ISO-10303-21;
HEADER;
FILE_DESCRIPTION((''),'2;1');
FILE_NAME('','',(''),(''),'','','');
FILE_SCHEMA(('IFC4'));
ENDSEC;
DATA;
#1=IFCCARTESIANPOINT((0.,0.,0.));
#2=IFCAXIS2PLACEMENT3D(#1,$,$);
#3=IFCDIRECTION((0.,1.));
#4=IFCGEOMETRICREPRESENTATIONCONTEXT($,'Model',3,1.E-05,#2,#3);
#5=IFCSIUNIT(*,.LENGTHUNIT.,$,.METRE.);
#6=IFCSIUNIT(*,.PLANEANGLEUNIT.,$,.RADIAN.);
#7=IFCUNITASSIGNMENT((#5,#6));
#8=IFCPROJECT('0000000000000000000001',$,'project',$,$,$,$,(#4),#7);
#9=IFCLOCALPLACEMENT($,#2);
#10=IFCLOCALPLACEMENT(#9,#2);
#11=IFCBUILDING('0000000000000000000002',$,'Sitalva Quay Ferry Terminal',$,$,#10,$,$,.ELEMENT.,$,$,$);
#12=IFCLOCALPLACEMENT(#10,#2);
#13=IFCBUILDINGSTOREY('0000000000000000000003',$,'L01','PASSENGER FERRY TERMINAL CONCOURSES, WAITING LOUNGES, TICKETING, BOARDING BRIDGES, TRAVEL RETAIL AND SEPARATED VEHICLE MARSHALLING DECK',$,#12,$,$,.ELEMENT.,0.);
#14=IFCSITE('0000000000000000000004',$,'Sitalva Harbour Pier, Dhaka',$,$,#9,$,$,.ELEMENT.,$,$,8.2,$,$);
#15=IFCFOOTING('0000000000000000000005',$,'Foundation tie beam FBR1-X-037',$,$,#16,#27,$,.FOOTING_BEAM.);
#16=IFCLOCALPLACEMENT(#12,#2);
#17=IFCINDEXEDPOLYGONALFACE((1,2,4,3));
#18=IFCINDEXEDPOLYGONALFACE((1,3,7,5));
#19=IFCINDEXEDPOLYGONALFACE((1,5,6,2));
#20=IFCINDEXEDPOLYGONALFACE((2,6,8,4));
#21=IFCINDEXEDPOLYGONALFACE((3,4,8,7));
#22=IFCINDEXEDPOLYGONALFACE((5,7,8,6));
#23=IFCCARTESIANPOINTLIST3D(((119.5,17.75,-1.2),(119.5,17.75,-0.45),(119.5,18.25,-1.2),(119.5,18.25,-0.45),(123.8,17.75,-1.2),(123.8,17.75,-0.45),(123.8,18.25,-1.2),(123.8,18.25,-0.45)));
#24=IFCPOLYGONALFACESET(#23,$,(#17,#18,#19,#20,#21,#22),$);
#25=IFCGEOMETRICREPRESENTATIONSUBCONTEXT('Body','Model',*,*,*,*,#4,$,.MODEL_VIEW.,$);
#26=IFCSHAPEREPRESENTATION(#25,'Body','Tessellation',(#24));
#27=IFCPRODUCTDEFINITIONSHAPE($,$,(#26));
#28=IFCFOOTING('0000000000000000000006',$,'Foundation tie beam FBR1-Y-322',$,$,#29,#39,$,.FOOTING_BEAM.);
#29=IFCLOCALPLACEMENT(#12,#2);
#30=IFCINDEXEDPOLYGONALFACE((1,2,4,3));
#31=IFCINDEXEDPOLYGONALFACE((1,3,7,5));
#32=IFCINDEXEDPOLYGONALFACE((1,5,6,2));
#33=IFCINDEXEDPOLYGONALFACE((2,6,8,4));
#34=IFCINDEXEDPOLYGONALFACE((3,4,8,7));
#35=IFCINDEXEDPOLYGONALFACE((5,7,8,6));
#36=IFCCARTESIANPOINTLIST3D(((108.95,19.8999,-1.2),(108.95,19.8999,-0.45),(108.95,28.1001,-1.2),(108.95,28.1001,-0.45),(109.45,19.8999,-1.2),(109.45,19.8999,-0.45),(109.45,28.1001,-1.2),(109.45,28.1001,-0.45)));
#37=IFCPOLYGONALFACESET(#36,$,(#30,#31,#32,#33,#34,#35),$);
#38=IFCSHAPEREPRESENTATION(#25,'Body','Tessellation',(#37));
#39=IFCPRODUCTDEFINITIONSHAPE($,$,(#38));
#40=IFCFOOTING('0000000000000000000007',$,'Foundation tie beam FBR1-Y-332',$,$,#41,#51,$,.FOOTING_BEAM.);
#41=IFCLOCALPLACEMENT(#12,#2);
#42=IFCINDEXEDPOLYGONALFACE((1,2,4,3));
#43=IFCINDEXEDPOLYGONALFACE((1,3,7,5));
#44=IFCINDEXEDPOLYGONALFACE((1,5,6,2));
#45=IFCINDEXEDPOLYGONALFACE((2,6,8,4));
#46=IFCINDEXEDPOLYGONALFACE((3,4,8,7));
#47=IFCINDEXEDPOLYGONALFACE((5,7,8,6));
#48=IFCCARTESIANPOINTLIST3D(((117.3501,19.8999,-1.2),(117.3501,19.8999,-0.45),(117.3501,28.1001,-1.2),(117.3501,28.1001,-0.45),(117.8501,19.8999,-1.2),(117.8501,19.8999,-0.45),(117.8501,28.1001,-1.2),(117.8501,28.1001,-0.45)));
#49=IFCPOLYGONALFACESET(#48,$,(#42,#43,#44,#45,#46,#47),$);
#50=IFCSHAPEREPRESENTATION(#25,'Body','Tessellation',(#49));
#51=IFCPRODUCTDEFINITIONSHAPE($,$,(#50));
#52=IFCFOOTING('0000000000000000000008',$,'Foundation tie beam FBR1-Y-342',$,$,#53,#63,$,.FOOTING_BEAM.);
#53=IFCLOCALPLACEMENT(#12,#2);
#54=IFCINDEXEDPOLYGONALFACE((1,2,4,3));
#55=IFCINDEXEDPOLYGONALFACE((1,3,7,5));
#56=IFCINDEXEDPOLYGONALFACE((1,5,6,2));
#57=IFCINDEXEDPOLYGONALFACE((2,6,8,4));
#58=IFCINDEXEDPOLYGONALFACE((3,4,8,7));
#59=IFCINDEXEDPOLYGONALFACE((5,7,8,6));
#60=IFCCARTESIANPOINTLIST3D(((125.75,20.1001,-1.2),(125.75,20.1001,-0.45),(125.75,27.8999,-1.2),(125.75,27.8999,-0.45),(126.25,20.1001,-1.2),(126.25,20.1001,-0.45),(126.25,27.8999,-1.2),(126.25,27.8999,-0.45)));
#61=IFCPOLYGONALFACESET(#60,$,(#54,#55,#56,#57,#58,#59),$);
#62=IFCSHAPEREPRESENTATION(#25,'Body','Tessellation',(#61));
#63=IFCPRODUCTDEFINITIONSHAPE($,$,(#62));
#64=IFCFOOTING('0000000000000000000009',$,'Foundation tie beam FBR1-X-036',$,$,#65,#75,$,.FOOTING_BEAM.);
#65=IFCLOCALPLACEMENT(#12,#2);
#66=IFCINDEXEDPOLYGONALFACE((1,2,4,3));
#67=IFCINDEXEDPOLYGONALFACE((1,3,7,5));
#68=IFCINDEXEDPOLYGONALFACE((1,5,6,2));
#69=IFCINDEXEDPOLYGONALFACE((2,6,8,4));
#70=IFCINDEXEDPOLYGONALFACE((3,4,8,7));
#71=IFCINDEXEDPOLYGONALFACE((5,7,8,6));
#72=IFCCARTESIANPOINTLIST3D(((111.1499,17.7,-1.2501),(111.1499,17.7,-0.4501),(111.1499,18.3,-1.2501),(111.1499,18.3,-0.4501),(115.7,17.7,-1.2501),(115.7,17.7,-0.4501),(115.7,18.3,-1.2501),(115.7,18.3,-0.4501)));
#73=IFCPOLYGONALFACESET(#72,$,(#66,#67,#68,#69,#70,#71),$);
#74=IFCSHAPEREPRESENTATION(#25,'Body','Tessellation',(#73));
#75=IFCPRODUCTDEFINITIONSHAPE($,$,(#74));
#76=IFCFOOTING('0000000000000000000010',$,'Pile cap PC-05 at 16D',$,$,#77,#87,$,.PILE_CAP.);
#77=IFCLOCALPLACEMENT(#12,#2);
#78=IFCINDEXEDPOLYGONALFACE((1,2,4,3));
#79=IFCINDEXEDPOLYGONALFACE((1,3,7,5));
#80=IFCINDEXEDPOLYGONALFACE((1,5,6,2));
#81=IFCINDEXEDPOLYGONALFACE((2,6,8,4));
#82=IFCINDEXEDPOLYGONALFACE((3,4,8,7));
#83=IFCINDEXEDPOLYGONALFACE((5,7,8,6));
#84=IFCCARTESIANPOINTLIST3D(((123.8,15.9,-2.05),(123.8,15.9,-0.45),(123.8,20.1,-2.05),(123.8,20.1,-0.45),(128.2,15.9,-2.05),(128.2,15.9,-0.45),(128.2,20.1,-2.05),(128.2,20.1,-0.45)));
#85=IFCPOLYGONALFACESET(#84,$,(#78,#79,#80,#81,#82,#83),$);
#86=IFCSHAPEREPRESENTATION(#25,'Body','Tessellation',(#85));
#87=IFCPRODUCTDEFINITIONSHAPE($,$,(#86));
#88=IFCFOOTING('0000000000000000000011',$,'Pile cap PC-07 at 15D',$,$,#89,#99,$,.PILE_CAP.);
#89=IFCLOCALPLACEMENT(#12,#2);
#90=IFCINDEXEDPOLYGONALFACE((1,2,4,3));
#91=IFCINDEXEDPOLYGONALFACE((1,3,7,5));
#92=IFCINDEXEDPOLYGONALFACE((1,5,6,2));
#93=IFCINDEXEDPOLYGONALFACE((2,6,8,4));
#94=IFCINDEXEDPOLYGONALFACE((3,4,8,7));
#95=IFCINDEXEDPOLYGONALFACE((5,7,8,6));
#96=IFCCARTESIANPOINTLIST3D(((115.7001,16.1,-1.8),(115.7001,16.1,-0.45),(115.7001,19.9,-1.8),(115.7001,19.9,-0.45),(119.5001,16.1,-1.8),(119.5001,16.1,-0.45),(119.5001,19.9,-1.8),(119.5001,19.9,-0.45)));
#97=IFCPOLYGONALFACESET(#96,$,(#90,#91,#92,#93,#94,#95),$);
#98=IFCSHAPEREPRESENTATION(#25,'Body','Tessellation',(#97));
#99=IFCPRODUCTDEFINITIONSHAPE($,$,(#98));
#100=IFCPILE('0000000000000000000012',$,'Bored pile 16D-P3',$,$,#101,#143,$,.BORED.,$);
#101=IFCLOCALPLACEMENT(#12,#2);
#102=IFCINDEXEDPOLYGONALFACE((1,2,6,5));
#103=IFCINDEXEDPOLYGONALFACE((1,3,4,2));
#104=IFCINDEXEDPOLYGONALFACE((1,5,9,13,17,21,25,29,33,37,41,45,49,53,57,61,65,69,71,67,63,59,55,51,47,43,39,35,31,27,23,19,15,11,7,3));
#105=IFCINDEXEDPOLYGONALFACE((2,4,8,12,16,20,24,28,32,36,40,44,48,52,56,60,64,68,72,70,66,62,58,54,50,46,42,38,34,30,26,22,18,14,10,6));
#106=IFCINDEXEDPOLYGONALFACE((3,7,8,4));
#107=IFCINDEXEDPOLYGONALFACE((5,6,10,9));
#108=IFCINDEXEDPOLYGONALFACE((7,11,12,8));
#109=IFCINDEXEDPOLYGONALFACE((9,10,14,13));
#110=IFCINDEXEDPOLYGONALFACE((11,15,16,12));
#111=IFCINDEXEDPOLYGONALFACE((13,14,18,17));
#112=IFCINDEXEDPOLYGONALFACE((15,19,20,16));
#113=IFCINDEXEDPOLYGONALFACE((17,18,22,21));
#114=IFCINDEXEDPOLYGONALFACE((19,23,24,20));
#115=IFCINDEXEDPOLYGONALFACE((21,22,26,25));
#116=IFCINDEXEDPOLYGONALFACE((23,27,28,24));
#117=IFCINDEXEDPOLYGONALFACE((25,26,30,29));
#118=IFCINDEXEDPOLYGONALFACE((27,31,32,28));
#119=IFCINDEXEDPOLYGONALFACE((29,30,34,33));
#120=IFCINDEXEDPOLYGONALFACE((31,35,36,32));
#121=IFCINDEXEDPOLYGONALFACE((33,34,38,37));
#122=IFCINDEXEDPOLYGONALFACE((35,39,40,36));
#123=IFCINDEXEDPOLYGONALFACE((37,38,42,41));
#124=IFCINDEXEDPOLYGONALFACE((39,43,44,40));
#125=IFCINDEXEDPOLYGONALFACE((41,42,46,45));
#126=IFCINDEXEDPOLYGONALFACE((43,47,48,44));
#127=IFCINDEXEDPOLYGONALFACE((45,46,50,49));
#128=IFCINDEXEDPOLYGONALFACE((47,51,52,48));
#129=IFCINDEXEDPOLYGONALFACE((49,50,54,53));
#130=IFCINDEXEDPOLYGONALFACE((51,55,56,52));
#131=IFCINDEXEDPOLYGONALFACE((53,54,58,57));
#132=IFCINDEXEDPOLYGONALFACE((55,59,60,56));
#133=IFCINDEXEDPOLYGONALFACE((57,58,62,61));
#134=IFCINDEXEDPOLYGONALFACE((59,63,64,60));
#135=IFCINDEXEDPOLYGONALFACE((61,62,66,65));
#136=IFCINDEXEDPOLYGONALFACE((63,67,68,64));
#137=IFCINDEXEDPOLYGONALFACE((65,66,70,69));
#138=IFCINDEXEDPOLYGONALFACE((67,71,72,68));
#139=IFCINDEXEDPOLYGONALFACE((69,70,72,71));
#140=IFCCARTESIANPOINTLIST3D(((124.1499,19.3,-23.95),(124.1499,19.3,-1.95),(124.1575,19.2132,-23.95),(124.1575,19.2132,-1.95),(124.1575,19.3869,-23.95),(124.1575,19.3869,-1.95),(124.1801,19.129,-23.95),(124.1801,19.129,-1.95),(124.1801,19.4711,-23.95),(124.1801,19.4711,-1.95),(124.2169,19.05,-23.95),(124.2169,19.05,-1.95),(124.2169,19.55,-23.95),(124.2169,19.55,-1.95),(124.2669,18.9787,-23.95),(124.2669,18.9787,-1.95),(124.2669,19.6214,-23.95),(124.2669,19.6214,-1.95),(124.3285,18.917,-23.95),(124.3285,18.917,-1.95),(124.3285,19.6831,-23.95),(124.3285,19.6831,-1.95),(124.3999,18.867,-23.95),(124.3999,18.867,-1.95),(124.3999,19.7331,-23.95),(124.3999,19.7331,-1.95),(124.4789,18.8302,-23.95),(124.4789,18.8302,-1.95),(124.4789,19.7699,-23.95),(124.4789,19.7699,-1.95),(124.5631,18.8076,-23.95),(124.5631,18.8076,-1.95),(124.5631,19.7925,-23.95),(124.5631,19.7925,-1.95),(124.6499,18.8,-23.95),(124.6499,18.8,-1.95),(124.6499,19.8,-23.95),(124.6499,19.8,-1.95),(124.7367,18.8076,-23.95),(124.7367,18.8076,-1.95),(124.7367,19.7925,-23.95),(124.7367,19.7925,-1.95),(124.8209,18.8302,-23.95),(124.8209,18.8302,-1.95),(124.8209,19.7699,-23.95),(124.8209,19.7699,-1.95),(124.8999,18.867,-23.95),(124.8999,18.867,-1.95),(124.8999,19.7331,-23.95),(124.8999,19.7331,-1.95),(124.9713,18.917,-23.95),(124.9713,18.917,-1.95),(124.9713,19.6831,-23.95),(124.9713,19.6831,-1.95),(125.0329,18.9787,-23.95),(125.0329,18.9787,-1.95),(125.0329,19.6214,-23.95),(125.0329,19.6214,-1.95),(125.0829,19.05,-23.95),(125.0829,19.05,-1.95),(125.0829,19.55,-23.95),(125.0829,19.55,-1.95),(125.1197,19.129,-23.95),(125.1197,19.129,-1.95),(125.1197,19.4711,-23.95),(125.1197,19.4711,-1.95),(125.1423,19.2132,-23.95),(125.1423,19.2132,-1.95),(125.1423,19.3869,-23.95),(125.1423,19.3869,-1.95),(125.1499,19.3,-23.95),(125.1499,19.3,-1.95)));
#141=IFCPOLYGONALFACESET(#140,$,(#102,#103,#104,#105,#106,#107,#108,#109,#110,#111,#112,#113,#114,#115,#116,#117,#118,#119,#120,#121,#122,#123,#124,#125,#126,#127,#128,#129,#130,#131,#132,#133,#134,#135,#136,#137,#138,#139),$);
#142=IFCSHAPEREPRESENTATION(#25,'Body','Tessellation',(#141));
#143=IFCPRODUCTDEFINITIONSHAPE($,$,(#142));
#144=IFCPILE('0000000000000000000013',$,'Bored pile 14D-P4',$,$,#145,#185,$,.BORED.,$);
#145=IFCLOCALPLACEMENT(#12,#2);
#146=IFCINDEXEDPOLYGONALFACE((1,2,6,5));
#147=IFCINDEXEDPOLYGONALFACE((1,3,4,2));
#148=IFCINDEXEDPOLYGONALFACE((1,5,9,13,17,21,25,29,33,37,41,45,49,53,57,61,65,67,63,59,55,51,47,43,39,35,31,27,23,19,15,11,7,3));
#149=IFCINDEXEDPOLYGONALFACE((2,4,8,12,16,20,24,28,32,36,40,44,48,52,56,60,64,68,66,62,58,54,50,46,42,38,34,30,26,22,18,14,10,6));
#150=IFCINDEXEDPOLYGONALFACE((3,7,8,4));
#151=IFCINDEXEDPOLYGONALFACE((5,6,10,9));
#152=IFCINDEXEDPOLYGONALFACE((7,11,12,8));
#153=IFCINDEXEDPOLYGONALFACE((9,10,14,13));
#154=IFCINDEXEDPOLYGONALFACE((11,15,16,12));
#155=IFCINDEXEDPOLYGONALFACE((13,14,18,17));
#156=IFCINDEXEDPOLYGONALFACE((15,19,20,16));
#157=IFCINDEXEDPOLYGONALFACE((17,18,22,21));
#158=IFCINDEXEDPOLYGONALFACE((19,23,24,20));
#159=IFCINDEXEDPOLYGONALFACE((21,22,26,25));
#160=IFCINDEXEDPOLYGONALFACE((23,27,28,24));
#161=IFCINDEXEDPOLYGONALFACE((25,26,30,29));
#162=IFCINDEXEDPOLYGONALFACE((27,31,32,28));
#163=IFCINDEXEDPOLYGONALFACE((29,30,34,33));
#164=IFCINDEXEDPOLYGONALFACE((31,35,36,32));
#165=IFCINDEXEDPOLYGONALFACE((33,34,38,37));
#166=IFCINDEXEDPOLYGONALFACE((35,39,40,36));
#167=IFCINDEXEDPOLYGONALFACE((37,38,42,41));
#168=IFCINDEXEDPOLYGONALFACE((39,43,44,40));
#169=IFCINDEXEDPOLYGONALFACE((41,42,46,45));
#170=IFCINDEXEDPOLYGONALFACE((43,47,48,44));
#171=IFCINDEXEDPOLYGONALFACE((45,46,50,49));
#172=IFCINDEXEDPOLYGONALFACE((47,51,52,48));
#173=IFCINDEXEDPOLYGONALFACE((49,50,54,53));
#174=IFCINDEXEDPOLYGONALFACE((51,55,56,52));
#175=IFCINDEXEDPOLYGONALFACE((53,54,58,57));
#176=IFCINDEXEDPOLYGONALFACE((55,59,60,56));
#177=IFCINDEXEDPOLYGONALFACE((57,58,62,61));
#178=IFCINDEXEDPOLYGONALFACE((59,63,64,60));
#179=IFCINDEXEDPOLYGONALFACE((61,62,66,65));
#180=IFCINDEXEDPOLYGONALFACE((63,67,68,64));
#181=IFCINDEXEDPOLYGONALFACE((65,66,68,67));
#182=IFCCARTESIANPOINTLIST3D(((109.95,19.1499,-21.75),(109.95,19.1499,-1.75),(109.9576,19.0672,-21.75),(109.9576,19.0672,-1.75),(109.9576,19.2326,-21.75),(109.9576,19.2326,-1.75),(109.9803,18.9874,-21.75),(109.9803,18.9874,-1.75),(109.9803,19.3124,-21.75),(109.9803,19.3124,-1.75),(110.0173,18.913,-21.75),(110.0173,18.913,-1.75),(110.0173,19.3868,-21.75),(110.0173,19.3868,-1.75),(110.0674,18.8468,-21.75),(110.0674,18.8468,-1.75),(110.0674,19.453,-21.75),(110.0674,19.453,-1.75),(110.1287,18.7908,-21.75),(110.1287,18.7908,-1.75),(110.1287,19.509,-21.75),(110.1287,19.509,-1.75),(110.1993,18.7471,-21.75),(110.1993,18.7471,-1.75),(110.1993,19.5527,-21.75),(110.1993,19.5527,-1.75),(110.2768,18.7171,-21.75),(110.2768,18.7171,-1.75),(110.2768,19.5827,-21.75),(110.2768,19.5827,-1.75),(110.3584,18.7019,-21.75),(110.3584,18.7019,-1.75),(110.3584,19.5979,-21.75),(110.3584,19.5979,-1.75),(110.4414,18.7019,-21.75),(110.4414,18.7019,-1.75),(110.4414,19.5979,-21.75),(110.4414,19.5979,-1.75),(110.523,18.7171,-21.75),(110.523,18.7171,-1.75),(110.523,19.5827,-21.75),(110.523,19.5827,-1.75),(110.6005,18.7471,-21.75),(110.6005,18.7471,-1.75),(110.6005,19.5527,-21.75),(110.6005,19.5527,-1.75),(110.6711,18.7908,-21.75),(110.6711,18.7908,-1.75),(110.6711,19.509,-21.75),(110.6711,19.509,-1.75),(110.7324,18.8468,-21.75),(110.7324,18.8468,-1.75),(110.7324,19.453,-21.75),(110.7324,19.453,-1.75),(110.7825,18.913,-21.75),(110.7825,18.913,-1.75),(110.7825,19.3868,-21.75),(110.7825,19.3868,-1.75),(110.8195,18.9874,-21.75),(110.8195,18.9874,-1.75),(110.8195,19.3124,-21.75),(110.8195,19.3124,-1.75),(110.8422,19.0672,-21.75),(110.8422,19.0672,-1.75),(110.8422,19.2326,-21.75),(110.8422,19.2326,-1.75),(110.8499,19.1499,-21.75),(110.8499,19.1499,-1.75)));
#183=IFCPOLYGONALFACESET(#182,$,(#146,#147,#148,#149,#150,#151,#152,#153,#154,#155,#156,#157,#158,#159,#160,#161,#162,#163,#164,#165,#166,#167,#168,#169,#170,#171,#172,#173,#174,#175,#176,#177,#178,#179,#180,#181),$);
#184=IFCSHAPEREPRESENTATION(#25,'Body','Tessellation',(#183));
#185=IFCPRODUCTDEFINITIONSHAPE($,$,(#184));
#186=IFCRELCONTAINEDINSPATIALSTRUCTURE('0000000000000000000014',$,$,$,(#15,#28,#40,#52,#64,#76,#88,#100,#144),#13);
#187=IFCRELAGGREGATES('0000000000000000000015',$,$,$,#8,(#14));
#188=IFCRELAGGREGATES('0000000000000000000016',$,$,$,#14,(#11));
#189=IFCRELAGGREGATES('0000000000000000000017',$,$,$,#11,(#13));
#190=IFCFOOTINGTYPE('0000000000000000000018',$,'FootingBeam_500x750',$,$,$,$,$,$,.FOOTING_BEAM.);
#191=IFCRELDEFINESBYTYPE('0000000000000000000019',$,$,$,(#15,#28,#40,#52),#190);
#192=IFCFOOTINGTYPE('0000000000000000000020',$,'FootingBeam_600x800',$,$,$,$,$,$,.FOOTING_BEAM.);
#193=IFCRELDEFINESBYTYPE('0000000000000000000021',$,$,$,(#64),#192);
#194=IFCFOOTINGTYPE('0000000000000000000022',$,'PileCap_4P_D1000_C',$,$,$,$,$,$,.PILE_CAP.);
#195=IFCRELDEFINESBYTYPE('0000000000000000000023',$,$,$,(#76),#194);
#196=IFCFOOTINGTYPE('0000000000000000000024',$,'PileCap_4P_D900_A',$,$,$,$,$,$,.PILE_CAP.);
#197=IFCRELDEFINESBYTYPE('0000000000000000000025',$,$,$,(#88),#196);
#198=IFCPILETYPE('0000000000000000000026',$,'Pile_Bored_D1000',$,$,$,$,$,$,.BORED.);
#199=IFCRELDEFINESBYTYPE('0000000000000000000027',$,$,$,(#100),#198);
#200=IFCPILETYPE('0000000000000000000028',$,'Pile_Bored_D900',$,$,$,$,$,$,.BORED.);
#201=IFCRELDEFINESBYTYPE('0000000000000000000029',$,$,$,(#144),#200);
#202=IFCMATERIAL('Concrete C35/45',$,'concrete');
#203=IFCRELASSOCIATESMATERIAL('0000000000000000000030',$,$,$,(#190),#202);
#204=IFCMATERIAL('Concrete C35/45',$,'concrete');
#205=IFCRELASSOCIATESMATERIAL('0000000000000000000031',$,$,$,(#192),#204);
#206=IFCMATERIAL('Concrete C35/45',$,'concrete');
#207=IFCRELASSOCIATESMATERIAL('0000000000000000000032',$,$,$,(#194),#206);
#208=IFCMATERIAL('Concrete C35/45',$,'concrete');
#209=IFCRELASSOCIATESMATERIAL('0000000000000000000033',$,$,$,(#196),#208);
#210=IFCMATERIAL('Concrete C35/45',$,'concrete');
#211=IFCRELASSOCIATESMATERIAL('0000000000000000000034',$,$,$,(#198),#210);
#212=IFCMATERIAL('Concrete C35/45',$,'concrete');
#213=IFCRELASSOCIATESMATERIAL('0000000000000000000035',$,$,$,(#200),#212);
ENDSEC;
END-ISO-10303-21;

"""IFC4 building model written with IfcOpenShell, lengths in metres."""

from ifc_helpers import new_model, si_unit, direction, frame, origin, origin_2d, place, context, subcontext, project, spatial, rectangle, circle, extrude, material, material_profile, profile_set, type_object, element, save


model = new_model("IFC4")

# Units and contexts
model_context = context("Model", 3, precision=1e-05, world=origin(), true_north=direction((0.0, 1.0)))
body_context = subcontext(model_context, "Body", "Model", "MODEL_VIEW")
ifc_project = project(units=[si_unit("LENGTHUNIT", "METRE"), si_unit("PLANEANGLEUNIT", "RADIAN")], contexts=[model_context])

# Site, building, storey
site_placement = place(None, origin())
site = spatial("IfcSite", under=ifc_project, at=site_placement, Name="Sitalva Harbour Pier, Dhaka", CompositionType="ELEMENT", RefElevation=8.2)
building_placement = place(site_placement, origin())
building = spatial("IfcBuilding", under=site, at=building_placement, Name="Sitalva Quay Ferry Terminal", CompositionType="ELEMENT")
storey_placement = place(building_placement, origin())
storey = spatial("IfcBuildingStorey", under=building, at=storey_placement, Name="L01", Description="PASSENGER FERRY TERMINAL CONCOURSES, WAITING LOUNGES, TICKETING, BOARDING BRIDGES, TRAVEL RETAIL AND SEPARATED VEHICLE MARSHALLING DECK", CompositionType="ELEMENT", Elevation=0.0)

# Footings
ifc_material_1 = material(Name="Concrete C35/45", Category="concrete")
ifc_material_profile_1 = material_profile(ifc_material_1, rectangle(XDim=0.5, YDim=0.75, at=origin_2d()), Name="RC500x750")
ifc_profile_set_1 = profile_set([ifc_material_profile_1], Name="Concrete C35/45")
footing_type_1 = type_object("IfcFootingType", Name="FootingBeam_500x750", PredefinedType="FOOTING_BEAM", material=ifc_profile_set_1)
footing_1_placement = place(storey_placement, frame((119.5, 18.0, -0.825), z_axis=(1.0, 0.0, 0.0), x_axis=(0.0, 1.0, 0.0)))
element("IfcFooting", 1, at=footing_1_placement, inside=storey, type_object=footing_type_1, Name="Foundation tie beam FBR1-X-037", PredefinedType="FOOTING_BEAM", context=body_context, shape_type="SweptSolid", body=[
    extrude(rectangle(XDim=0.5, YDim=0.75, at=origin_2d()), origin(), (0.0, 0.0, 1.0), 4.3),
])
for number, where, z_axis, x_axis, name in (
    (2, (109.2, 19.8999, -0.825), (0.0, 1.0, 0.0), (-1.0, 0.0, 0.0), "Foundation tie beam FBR1-Y-322"),
    (3, (117.6001, 19.8999, -0.825), (0.0, 1.0, 0.0), (-1.0, 0.0, 0.0), "Foundation tie beam FBR1-Y-332"),
):
    element("IfcFooting", number, at=place(storey_placement, frame(where, z_axis=z_axis, x_axis=x_axis)), inside=storey, type_object=footing_type_1, Name=name, PredefinedType="FOOTING_BEAM", context=body_context, shape_type="SweptSolid", body=[
        extrude(rectangle(XDim=0.5, YDim=0.75, at=origin_2d()), origin(), (0.0, 0.0, 1.0), 8.2002),
    ])
footing_2_placement = place(storey_placement, frame((126.0, 20.1001, -0.825), z_axis=(0.0, 1.0, 0.0), x_axis=(-1.0, 0.0, 0.0)))
element("IfcFooting", 4, at=footing_2_placement, inside=storey, type_object=footing_type_1, Name="Foundation tie beam FBR1-Y-342", PredefinedType="FOOTING_BEAM", context=body_context, shape_type="SweptSolid", body=[
    extrude(rectangle(XDim=0.5, YDim=0.75, at=origin_2d()), origin(), (0.0, 0.0, 1.0), 7.7998),
])
ifc_material_2 = material(Name="Concrete C35/45", Category="concrete")
ifc_material_profile_2 = material_profile(ifc_material_2, rectangle(XDim=0.6001, YDim=0.8, at=origin_2d()), Name="RC600x800")
ifc_profile_set_2 = profile_set([ifc_material_profile_2], Name="Concrete C35/45")
footing_type_2 = type_object("IfcFootingType", Name="FootingBeam_600x800", PredefinedType="FOOTING_BEAM", material=ifc_profile_set_2)
footing_3_placement = place(storey_placement, frame((111.1499, 18.0, -0.8501), z_axis=(1.0, 0.0, 0.0), x_axis=(0.0, 1.0, 0.0)))
element("IfcFooting", 5, at=footing_3_placement, inside=storey, type_object=footing_type_2, Name="Foundation tie beam FBR1-X-036", PredefinedType="FOOTING_BEAM", context=body_context, shape_type="SweptSolid", body=[
    extrude(rectangle(XDim=0.6001, YDim=0.8, at=origin_2d()), origin(), (0.0, 0.0, 1.0), 4.55),
])
ifc_material_3 = material(Name="Concrete C35/45", Category="concrete")
footing_type_3 = type_object("IfcFootingType", Name="PileCap_4P_D1000_C", PredefinedType="PILE_CAP", material=ifc_material_3)
footing_4_placement = place(storey_placement, frame((126.0, 18.0, -2.05), z_axis=(0.0, 0.0, 1.0), x_axis=(1.0, 0.0, 0.0)))
element("IfcFooting", 6, at=footing_4_placement, inside=storey, type_object=footing_type_3, Name="Pile cap PC-05 at 16D", PredefinedType="PILE_CAP", context=body_context, shape_type="SweptSolid", body=[
    extrude(rectangle(XDim=4.3999, YDim=4.2, at=origin_2d()), origin(), (0.0, 0.0, 1.0), 1.6001),
])
ifc_material_4 = material(Name="Concrete C35/45", Category="concrete")
footing_type_4 = type_object("IfcFootingType", Name="PileCap_4P_D900_A", PredefinedType="PILE_CAP", material=ifc_material_4)
footing_5_placement = place(storey_placement, frame((117.6001, 18.0, -1.8), z_axis=(0.0, 0.0, 1.0), x_axis=(1.0, 0.0, 0.0)))
element("IfcFooting", 7, at=footing_5_placement, inside=storey, type_object=footing_type_4, Name="Pile cap PC-07 at 15D", PredefinedType="PILE_CAP", context=body_context, shape_type="SweptSolid", body=[
    extrude(rectangle(XDim=3.8, YDim=3.8, at=origin_2d()), origin(), (0.0, 0.0, 1.0), 1.3501),
])

# Piles
ifc_material_5 = material(Name="Concrete C35/45", Category="concrete")
ifc_material_profile_3 = material_profile(ifc_material_5, circle(Radius=0.5, at=origin_2d()), Name="PILE-D1000")
ifc_profile_set_3 = profile_set([ifc_material_profile_3], Name="Concrete C35/45")
pile_type_1 = type_object("IfcPileType", Name="Pile_Bored_D1000", PredefinedType="BORED", material=ifc_profile_set_3)
pile_placement = place(storey_placement, frame((124.6499, 19.3, -1.95), z_axis=(0.0, 0.0, -1.0), x_axis=(1.0, 0.0, 0.0)))
element("IfcPile", 8, at=pile_placement, inside=storey, type_object=pile_type_1, Name="Bored pile 16D-P3", PredefinedType="BORED", context=body_context, shape_type="SweptSolid", body=[
    extrude(circle(Radius=0.5, at=origin_2d()), origin(), (0.0, 0.0, 1.0), 22.0),
])
ifc_material_6 = material(Name="Concrete C35/45", Category="concrete")
ifc_material_profile_4 = material_profile(ifc_material_6, circle(Radius=0.45, at=origin_2d()), Name="PILE-D900")
ifc_profile_set_4 = profile_set([ifc_material_profile_4], Name="Concrete C35/45")
pile_type_2 = type_object("IfcPileType", Name="Pile_Bored_D900", PredefinedType="BORED", material=ifc_profile_set_4)
for number, where, z_axis, x_axis, name in (
    (9, (110.3999, 19.1499, -1.75), (0.0, 0.0, -1.0), (1.0, 0.0, 0.0), "Bored pile 14D-P4"),
):
    element("IfcPile", number, at=place(storey_placement, frame(where, z_axis=z_axis, x_axis=x_axis)), inside=storey, type_object=pile_type_2, Name=name, PredefinedType="BORED", context=body_context, shape_type="SweptSolid", body=[
        extrude(circle(Radius=0.45, at=origin_2d()), origin(), (0.0, 0.0, 1.0), 20.0),
    ])

save(model, "model.ifc")
